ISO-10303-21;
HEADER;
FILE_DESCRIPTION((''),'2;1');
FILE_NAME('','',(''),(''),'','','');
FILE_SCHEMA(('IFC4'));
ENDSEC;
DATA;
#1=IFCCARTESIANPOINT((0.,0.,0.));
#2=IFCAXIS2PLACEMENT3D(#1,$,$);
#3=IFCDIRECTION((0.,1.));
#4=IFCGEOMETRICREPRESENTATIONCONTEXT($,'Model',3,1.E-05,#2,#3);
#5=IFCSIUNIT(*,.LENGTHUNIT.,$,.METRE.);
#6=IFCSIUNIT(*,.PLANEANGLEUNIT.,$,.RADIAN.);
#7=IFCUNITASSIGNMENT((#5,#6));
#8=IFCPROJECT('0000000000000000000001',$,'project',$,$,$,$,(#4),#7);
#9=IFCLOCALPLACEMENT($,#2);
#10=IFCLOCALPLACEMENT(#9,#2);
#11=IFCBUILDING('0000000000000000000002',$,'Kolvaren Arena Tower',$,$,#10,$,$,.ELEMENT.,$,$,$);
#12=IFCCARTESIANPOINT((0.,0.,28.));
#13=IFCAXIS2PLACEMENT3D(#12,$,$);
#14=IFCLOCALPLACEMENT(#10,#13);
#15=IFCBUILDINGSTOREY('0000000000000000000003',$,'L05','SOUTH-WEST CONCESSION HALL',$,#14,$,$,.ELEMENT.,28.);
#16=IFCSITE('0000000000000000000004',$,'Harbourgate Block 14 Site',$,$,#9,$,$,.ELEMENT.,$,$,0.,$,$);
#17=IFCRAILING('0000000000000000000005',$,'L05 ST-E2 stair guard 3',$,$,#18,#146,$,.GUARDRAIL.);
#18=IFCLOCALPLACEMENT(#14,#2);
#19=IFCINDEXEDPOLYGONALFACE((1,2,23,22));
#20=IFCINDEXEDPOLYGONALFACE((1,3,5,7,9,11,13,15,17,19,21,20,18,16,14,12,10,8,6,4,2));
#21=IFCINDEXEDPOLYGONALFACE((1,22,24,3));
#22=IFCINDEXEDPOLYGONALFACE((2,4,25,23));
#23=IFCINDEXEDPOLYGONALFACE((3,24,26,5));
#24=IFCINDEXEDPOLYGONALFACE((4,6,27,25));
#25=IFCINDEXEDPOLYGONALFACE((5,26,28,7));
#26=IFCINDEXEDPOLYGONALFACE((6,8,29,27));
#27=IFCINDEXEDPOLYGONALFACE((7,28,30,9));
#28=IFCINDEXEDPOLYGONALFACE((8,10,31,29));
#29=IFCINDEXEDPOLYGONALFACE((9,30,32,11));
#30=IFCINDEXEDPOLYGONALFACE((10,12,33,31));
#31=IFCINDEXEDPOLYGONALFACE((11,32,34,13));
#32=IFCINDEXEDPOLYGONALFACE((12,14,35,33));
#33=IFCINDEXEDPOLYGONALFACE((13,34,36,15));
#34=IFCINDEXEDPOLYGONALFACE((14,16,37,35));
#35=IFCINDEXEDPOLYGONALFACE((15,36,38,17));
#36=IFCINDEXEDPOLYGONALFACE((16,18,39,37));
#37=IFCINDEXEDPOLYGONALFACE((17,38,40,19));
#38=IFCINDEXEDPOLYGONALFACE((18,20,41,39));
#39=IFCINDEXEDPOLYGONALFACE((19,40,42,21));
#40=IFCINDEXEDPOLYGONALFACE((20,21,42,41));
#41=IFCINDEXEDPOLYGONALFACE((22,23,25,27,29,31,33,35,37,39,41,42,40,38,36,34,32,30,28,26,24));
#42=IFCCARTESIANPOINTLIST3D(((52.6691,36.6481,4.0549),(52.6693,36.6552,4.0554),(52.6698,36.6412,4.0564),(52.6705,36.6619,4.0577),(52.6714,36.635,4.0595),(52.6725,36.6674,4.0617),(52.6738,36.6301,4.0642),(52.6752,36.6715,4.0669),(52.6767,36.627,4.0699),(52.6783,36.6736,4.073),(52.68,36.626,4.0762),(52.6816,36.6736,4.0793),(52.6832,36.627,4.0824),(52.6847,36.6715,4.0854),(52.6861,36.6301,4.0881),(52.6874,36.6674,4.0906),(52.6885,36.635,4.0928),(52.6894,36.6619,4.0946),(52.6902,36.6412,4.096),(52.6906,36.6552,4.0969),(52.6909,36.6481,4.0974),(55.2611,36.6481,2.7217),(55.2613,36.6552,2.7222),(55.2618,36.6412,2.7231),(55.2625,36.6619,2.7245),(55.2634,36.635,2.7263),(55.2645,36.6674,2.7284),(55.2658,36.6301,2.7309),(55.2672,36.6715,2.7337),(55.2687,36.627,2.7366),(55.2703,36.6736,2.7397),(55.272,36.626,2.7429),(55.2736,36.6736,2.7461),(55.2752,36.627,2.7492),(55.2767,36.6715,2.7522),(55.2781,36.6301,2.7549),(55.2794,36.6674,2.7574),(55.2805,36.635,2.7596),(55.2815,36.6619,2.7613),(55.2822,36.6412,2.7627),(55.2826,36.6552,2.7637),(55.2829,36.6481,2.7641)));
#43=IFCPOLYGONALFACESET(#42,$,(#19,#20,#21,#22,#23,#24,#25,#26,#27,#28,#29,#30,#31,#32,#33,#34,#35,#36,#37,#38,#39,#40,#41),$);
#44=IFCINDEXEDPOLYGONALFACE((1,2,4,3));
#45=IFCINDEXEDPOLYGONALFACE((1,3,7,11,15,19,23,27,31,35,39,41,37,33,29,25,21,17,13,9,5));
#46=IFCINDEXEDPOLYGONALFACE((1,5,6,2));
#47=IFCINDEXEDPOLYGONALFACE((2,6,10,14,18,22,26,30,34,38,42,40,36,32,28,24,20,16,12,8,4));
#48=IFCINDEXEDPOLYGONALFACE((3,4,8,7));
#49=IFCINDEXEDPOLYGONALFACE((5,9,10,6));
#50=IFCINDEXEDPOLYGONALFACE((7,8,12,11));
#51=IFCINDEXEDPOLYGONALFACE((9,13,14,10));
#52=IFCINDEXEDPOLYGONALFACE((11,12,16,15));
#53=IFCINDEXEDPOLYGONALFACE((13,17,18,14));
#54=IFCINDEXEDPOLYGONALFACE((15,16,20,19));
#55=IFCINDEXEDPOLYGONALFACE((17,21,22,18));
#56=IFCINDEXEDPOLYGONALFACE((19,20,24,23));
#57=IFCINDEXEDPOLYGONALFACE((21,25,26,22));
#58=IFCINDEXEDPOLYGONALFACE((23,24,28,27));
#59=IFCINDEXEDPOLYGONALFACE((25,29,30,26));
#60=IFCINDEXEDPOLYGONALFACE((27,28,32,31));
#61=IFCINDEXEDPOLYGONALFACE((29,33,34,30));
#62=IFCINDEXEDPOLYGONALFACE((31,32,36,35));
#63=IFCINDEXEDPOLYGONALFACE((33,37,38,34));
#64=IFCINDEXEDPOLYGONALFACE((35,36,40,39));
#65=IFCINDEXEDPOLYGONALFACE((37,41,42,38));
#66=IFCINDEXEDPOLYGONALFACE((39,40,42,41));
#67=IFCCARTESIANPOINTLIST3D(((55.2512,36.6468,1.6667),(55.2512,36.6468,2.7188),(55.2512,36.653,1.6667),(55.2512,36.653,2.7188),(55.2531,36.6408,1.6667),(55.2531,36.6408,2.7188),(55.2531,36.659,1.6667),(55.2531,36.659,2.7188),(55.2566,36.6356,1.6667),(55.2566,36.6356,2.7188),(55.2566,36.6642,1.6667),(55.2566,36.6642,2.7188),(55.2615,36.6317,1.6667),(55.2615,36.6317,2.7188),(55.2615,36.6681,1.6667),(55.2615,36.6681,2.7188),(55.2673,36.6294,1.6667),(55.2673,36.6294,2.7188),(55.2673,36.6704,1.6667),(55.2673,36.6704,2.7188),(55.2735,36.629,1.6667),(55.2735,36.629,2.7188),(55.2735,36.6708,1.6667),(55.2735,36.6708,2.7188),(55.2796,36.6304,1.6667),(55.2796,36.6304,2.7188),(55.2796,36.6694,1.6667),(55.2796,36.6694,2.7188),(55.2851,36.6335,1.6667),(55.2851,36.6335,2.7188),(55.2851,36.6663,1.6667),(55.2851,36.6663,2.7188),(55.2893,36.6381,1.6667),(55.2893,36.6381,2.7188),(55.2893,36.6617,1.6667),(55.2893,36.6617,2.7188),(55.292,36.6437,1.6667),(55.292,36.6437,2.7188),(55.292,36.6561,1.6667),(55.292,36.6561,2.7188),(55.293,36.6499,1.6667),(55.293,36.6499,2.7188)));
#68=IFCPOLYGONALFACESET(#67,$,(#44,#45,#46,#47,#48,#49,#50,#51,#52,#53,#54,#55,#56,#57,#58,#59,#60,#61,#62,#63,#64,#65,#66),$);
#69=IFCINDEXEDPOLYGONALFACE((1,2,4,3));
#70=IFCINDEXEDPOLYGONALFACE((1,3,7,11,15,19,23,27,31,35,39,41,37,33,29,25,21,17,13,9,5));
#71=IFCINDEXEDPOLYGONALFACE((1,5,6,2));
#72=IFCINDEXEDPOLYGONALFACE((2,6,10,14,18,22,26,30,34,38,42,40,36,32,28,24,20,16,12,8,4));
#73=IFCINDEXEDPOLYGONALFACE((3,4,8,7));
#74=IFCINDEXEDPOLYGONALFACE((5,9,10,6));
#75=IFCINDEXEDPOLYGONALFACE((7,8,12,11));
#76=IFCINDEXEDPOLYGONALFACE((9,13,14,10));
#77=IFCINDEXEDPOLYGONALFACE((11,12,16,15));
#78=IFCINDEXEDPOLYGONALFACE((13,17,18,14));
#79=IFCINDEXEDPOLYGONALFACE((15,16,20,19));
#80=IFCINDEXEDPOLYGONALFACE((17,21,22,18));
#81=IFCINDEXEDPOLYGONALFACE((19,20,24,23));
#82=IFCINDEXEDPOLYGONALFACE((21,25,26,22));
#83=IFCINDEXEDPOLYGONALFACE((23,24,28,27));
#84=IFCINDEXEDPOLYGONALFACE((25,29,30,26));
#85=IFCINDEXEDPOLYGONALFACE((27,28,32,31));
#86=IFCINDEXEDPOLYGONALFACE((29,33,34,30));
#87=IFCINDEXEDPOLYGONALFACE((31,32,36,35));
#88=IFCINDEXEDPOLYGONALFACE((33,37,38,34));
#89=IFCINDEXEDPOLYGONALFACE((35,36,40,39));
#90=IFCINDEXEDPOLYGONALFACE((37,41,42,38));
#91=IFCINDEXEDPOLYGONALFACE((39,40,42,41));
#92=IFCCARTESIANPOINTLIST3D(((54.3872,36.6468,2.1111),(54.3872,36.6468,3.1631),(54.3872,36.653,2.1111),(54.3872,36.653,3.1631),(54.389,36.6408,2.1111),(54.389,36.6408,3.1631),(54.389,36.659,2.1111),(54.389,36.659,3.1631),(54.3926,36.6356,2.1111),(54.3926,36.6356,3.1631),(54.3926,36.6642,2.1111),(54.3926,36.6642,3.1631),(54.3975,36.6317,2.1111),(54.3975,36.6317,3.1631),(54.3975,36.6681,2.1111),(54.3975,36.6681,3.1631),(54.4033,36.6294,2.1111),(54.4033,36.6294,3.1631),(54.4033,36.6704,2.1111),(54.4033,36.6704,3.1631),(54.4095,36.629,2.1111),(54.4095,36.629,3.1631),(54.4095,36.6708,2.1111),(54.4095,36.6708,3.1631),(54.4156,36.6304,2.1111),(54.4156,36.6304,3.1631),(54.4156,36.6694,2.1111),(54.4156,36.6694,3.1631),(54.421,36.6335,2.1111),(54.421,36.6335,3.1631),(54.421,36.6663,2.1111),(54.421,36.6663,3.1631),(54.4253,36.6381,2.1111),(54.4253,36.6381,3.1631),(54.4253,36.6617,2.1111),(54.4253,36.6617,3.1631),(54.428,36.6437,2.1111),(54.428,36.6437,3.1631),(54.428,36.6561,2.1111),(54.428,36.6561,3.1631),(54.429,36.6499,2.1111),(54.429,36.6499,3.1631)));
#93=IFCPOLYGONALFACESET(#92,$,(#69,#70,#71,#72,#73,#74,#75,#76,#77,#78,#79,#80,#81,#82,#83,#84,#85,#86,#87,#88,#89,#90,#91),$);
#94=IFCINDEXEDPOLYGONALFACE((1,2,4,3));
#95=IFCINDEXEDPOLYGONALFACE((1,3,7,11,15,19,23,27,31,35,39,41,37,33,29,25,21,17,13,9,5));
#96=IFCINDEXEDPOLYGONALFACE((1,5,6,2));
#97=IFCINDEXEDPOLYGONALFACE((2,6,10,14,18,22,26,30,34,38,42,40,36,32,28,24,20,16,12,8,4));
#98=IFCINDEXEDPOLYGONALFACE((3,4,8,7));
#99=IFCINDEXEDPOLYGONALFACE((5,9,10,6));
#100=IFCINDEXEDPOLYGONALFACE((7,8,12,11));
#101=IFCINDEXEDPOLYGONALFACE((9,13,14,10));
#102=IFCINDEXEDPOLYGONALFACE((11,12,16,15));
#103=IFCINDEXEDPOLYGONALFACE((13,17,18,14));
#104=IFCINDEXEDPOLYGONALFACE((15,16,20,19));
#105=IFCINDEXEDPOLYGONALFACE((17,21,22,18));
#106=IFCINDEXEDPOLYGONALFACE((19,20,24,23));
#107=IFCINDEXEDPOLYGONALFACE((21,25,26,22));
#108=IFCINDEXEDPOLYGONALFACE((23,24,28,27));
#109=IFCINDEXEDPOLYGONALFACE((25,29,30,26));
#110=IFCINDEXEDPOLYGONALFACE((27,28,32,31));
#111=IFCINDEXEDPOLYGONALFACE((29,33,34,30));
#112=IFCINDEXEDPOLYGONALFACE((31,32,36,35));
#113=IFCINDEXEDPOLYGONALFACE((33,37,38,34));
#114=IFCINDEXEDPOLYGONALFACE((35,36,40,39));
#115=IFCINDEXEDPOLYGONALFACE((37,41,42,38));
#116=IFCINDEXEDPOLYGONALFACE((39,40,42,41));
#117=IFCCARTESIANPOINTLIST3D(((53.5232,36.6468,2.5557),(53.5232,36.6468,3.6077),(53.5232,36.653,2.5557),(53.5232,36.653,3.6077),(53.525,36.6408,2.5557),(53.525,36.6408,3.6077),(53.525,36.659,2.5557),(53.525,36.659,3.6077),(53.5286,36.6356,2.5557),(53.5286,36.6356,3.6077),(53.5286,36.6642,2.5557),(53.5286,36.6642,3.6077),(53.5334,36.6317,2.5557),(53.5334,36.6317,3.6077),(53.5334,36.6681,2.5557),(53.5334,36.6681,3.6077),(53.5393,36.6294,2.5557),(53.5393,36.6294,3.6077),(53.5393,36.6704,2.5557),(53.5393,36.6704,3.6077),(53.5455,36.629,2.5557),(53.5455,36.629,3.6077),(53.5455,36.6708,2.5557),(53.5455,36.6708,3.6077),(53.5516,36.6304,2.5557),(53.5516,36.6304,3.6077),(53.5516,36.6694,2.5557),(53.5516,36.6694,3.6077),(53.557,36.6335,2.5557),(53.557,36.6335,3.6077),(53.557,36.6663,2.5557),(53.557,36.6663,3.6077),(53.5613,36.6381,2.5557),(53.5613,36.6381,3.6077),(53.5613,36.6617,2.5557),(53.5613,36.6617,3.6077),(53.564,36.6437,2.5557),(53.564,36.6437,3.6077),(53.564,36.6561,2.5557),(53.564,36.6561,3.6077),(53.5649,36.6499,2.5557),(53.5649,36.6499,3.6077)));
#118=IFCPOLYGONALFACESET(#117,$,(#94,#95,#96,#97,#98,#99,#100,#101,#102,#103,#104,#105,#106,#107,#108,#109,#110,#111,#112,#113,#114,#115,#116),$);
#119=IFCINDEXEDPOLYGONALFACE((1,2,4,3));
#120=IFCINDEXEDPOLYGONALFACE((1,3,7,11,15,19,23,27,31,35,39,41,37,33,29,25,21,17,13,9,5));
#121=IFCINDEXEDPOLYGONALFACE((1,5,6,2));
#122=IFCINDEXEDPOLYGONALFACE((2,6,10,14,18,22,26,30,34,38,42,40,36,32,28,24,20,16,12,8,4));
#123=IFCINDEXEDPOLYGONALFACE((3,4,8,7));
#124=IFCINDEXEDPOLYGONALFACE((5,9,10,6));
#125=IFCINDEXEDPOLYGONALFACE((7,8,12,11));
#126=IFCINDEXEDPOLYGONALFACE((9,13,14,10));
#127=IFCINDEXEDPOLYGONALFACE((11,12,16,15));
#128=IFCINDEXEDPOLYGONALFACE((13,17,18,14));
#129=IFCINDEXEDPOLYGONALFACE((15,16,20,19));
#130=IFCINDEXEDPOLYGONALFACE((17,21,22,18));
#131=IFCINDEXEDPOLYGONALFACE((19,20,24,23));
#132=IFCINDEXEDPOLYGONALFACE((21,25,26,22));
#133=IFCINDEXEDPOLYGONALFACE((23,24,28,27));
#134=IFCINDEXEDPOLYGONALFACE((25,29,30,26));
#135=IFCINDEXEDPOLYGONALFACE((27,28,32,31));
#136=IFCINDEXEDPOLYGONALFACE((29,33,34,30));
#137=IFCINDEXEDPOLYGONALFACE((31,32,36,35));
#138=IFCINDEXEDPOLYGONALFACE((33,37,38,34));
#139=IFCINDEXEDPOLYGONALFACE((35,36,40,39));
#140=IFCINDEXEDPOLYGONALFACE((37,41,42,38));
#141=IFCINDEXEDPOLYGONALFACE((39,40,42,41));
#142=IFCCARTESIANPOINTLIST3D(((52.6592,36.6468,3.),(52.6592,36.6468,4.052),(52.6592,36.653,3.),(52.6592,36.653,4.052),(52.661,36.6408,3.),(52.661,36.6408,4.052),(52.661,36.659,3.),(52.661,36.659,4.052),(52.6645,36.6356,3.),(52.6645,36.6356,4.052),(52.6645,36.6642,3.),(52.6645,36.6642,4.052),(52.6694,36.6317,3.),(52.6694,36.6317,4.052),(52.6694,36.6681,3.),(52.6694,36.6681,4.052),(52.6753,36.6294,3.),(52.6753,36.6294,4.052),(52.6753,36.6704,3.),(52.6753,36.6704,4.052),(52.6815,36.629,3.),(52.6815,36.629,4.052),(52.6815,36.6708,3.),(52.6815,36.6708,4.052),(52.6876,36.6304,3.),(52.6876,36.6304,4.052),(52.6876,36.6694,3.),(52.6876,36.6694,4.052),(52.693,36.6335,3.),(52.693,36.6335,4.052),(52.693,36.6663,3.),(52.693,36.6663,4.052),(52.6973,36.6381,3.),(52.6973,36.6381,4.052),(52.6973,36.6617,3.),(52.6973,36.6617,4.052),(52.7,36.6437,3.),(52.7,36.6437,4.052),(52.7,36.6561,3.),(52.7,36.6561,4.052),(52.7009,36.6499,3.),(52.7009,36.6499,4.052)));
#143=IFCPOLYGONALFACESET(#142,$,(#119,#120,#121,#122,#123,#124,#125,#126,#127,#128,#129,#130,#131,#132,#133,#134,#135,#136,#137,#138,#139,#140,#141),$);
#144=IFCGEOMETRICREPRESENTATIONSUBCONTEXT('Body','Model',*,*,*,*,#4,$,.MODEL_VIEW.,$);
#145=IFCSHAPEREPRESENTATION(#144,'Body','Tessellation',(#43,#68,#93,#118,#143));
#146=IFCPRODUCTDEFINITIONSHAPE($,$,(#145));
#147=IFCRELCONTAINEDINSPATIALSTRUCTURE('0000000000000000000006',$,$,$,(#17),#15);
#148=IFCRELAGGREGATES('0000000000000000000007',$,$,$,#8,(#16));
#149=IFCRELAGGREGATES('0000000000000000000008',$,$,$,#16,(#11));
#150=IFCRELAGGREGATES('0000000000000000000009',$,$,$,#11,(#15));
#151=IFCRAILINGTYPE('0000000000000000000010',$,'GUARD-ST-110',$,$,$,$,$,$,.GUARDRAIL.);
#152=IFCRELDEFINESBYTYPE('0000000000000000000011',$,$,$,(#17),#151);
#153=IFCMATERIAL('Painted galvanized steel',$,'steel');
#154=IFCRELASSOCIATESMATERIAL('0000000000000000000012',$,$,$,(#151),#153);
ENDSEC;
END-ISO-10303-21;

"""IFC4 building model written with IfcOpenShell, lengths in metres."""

from ifc_helpers import new_model, si_unit, direction, frame, origin, origin_2d, place, context, subcontext, project, spatial, circle, extrude, material, type_object, element, save


model = new_model("IFC4")

# Units and contexts
model_context = context("Model", 3, precision=1e-05, world=origin(), true_north=direction((0.0, 1.0)))
body_context = subcontext(model_context, "Body", "Model", "MODEL_VIEW")
ifc_project = project(units=[si_unit("LENGTHUNIT", "METRE"), si_unit("PLANEANGLEUNIT", "RADIAN")], contexts=[model_context])

# Site, building, storey
site_placement = place(None, origin())
site = spatial("IfcSite", under=ifc_project, at=site_placement, Name="Harbourgate Block 14 Site", CompositionType="ELEMENT", RefElevation=0.0)
building_placement = place(site_placement, origin())
building = spatial("IfcBuilding", under=site, at=building_placement, Name="Kolvaren Arena Tower", CompositionType="ELEMENT")
storey_placement = place(building_placement, frame((0.0, 0.0, 28.0)))
storey = spatial("IfcBuildingStorey", under=building, at=storey_placement, Name="L05", Description="SOUTH-WEST CONCESSION HALL", CompositionType="ELEMENT", Elevation=28.0)

# Railing
ifc_material_1 = material(Name="Painted galvanized steel", Category="steel")
railing_type_1 = type_object("IfcRailingType", Name="GUARD-ST-110", PredefinedType="GUARDRAIL", material=ifc_material_1)
railing_1_placement = place(storey_placement, frame((55.272, 36.6499, 1.6667)))
element("IfcRailing", 1, at=railing_1_placement, inside=storey, type_object=railing_type_1, Name="L05 ST-E2 stair guard 3", PredefinedType="GUARDRAIL", context=body_context, shape_type="SweptSolid", body=[
    extrude(circle(Radius=0.0239, at=origin_2d()), frame((0.0, 0.0, 1.0762), z_axis=(-0.88926, 0.0, 0.457403), x_axis=(0.0, -1.0, 0.0)), (0.0, 0.0, 1.0), 2.9148),
    extrude(circle(Radius=0.021, at=origin_2d()), origin(), (0.0, 0.0, 1.0), 1.052),
    extrude(circle(Radius=0.021, at=origin_2d()), frame((-0.864, 0.0, 0.4443)), (0.0, 0.0, 1.0), 1.052),
    extrude(circle(Radius=0.021, at=origin_2d()), frame((-1.728, 0.0, 0.8889)), (0.0, 0.0, 1.0), 1.052),
    extrude(circle(Radius=0.021, at=origin_2d()), frame((-2.592, 0.0, 1.3333)), (0.0, 0.0, 1.0), 1.052),
])

save(model, "model.ifc")
